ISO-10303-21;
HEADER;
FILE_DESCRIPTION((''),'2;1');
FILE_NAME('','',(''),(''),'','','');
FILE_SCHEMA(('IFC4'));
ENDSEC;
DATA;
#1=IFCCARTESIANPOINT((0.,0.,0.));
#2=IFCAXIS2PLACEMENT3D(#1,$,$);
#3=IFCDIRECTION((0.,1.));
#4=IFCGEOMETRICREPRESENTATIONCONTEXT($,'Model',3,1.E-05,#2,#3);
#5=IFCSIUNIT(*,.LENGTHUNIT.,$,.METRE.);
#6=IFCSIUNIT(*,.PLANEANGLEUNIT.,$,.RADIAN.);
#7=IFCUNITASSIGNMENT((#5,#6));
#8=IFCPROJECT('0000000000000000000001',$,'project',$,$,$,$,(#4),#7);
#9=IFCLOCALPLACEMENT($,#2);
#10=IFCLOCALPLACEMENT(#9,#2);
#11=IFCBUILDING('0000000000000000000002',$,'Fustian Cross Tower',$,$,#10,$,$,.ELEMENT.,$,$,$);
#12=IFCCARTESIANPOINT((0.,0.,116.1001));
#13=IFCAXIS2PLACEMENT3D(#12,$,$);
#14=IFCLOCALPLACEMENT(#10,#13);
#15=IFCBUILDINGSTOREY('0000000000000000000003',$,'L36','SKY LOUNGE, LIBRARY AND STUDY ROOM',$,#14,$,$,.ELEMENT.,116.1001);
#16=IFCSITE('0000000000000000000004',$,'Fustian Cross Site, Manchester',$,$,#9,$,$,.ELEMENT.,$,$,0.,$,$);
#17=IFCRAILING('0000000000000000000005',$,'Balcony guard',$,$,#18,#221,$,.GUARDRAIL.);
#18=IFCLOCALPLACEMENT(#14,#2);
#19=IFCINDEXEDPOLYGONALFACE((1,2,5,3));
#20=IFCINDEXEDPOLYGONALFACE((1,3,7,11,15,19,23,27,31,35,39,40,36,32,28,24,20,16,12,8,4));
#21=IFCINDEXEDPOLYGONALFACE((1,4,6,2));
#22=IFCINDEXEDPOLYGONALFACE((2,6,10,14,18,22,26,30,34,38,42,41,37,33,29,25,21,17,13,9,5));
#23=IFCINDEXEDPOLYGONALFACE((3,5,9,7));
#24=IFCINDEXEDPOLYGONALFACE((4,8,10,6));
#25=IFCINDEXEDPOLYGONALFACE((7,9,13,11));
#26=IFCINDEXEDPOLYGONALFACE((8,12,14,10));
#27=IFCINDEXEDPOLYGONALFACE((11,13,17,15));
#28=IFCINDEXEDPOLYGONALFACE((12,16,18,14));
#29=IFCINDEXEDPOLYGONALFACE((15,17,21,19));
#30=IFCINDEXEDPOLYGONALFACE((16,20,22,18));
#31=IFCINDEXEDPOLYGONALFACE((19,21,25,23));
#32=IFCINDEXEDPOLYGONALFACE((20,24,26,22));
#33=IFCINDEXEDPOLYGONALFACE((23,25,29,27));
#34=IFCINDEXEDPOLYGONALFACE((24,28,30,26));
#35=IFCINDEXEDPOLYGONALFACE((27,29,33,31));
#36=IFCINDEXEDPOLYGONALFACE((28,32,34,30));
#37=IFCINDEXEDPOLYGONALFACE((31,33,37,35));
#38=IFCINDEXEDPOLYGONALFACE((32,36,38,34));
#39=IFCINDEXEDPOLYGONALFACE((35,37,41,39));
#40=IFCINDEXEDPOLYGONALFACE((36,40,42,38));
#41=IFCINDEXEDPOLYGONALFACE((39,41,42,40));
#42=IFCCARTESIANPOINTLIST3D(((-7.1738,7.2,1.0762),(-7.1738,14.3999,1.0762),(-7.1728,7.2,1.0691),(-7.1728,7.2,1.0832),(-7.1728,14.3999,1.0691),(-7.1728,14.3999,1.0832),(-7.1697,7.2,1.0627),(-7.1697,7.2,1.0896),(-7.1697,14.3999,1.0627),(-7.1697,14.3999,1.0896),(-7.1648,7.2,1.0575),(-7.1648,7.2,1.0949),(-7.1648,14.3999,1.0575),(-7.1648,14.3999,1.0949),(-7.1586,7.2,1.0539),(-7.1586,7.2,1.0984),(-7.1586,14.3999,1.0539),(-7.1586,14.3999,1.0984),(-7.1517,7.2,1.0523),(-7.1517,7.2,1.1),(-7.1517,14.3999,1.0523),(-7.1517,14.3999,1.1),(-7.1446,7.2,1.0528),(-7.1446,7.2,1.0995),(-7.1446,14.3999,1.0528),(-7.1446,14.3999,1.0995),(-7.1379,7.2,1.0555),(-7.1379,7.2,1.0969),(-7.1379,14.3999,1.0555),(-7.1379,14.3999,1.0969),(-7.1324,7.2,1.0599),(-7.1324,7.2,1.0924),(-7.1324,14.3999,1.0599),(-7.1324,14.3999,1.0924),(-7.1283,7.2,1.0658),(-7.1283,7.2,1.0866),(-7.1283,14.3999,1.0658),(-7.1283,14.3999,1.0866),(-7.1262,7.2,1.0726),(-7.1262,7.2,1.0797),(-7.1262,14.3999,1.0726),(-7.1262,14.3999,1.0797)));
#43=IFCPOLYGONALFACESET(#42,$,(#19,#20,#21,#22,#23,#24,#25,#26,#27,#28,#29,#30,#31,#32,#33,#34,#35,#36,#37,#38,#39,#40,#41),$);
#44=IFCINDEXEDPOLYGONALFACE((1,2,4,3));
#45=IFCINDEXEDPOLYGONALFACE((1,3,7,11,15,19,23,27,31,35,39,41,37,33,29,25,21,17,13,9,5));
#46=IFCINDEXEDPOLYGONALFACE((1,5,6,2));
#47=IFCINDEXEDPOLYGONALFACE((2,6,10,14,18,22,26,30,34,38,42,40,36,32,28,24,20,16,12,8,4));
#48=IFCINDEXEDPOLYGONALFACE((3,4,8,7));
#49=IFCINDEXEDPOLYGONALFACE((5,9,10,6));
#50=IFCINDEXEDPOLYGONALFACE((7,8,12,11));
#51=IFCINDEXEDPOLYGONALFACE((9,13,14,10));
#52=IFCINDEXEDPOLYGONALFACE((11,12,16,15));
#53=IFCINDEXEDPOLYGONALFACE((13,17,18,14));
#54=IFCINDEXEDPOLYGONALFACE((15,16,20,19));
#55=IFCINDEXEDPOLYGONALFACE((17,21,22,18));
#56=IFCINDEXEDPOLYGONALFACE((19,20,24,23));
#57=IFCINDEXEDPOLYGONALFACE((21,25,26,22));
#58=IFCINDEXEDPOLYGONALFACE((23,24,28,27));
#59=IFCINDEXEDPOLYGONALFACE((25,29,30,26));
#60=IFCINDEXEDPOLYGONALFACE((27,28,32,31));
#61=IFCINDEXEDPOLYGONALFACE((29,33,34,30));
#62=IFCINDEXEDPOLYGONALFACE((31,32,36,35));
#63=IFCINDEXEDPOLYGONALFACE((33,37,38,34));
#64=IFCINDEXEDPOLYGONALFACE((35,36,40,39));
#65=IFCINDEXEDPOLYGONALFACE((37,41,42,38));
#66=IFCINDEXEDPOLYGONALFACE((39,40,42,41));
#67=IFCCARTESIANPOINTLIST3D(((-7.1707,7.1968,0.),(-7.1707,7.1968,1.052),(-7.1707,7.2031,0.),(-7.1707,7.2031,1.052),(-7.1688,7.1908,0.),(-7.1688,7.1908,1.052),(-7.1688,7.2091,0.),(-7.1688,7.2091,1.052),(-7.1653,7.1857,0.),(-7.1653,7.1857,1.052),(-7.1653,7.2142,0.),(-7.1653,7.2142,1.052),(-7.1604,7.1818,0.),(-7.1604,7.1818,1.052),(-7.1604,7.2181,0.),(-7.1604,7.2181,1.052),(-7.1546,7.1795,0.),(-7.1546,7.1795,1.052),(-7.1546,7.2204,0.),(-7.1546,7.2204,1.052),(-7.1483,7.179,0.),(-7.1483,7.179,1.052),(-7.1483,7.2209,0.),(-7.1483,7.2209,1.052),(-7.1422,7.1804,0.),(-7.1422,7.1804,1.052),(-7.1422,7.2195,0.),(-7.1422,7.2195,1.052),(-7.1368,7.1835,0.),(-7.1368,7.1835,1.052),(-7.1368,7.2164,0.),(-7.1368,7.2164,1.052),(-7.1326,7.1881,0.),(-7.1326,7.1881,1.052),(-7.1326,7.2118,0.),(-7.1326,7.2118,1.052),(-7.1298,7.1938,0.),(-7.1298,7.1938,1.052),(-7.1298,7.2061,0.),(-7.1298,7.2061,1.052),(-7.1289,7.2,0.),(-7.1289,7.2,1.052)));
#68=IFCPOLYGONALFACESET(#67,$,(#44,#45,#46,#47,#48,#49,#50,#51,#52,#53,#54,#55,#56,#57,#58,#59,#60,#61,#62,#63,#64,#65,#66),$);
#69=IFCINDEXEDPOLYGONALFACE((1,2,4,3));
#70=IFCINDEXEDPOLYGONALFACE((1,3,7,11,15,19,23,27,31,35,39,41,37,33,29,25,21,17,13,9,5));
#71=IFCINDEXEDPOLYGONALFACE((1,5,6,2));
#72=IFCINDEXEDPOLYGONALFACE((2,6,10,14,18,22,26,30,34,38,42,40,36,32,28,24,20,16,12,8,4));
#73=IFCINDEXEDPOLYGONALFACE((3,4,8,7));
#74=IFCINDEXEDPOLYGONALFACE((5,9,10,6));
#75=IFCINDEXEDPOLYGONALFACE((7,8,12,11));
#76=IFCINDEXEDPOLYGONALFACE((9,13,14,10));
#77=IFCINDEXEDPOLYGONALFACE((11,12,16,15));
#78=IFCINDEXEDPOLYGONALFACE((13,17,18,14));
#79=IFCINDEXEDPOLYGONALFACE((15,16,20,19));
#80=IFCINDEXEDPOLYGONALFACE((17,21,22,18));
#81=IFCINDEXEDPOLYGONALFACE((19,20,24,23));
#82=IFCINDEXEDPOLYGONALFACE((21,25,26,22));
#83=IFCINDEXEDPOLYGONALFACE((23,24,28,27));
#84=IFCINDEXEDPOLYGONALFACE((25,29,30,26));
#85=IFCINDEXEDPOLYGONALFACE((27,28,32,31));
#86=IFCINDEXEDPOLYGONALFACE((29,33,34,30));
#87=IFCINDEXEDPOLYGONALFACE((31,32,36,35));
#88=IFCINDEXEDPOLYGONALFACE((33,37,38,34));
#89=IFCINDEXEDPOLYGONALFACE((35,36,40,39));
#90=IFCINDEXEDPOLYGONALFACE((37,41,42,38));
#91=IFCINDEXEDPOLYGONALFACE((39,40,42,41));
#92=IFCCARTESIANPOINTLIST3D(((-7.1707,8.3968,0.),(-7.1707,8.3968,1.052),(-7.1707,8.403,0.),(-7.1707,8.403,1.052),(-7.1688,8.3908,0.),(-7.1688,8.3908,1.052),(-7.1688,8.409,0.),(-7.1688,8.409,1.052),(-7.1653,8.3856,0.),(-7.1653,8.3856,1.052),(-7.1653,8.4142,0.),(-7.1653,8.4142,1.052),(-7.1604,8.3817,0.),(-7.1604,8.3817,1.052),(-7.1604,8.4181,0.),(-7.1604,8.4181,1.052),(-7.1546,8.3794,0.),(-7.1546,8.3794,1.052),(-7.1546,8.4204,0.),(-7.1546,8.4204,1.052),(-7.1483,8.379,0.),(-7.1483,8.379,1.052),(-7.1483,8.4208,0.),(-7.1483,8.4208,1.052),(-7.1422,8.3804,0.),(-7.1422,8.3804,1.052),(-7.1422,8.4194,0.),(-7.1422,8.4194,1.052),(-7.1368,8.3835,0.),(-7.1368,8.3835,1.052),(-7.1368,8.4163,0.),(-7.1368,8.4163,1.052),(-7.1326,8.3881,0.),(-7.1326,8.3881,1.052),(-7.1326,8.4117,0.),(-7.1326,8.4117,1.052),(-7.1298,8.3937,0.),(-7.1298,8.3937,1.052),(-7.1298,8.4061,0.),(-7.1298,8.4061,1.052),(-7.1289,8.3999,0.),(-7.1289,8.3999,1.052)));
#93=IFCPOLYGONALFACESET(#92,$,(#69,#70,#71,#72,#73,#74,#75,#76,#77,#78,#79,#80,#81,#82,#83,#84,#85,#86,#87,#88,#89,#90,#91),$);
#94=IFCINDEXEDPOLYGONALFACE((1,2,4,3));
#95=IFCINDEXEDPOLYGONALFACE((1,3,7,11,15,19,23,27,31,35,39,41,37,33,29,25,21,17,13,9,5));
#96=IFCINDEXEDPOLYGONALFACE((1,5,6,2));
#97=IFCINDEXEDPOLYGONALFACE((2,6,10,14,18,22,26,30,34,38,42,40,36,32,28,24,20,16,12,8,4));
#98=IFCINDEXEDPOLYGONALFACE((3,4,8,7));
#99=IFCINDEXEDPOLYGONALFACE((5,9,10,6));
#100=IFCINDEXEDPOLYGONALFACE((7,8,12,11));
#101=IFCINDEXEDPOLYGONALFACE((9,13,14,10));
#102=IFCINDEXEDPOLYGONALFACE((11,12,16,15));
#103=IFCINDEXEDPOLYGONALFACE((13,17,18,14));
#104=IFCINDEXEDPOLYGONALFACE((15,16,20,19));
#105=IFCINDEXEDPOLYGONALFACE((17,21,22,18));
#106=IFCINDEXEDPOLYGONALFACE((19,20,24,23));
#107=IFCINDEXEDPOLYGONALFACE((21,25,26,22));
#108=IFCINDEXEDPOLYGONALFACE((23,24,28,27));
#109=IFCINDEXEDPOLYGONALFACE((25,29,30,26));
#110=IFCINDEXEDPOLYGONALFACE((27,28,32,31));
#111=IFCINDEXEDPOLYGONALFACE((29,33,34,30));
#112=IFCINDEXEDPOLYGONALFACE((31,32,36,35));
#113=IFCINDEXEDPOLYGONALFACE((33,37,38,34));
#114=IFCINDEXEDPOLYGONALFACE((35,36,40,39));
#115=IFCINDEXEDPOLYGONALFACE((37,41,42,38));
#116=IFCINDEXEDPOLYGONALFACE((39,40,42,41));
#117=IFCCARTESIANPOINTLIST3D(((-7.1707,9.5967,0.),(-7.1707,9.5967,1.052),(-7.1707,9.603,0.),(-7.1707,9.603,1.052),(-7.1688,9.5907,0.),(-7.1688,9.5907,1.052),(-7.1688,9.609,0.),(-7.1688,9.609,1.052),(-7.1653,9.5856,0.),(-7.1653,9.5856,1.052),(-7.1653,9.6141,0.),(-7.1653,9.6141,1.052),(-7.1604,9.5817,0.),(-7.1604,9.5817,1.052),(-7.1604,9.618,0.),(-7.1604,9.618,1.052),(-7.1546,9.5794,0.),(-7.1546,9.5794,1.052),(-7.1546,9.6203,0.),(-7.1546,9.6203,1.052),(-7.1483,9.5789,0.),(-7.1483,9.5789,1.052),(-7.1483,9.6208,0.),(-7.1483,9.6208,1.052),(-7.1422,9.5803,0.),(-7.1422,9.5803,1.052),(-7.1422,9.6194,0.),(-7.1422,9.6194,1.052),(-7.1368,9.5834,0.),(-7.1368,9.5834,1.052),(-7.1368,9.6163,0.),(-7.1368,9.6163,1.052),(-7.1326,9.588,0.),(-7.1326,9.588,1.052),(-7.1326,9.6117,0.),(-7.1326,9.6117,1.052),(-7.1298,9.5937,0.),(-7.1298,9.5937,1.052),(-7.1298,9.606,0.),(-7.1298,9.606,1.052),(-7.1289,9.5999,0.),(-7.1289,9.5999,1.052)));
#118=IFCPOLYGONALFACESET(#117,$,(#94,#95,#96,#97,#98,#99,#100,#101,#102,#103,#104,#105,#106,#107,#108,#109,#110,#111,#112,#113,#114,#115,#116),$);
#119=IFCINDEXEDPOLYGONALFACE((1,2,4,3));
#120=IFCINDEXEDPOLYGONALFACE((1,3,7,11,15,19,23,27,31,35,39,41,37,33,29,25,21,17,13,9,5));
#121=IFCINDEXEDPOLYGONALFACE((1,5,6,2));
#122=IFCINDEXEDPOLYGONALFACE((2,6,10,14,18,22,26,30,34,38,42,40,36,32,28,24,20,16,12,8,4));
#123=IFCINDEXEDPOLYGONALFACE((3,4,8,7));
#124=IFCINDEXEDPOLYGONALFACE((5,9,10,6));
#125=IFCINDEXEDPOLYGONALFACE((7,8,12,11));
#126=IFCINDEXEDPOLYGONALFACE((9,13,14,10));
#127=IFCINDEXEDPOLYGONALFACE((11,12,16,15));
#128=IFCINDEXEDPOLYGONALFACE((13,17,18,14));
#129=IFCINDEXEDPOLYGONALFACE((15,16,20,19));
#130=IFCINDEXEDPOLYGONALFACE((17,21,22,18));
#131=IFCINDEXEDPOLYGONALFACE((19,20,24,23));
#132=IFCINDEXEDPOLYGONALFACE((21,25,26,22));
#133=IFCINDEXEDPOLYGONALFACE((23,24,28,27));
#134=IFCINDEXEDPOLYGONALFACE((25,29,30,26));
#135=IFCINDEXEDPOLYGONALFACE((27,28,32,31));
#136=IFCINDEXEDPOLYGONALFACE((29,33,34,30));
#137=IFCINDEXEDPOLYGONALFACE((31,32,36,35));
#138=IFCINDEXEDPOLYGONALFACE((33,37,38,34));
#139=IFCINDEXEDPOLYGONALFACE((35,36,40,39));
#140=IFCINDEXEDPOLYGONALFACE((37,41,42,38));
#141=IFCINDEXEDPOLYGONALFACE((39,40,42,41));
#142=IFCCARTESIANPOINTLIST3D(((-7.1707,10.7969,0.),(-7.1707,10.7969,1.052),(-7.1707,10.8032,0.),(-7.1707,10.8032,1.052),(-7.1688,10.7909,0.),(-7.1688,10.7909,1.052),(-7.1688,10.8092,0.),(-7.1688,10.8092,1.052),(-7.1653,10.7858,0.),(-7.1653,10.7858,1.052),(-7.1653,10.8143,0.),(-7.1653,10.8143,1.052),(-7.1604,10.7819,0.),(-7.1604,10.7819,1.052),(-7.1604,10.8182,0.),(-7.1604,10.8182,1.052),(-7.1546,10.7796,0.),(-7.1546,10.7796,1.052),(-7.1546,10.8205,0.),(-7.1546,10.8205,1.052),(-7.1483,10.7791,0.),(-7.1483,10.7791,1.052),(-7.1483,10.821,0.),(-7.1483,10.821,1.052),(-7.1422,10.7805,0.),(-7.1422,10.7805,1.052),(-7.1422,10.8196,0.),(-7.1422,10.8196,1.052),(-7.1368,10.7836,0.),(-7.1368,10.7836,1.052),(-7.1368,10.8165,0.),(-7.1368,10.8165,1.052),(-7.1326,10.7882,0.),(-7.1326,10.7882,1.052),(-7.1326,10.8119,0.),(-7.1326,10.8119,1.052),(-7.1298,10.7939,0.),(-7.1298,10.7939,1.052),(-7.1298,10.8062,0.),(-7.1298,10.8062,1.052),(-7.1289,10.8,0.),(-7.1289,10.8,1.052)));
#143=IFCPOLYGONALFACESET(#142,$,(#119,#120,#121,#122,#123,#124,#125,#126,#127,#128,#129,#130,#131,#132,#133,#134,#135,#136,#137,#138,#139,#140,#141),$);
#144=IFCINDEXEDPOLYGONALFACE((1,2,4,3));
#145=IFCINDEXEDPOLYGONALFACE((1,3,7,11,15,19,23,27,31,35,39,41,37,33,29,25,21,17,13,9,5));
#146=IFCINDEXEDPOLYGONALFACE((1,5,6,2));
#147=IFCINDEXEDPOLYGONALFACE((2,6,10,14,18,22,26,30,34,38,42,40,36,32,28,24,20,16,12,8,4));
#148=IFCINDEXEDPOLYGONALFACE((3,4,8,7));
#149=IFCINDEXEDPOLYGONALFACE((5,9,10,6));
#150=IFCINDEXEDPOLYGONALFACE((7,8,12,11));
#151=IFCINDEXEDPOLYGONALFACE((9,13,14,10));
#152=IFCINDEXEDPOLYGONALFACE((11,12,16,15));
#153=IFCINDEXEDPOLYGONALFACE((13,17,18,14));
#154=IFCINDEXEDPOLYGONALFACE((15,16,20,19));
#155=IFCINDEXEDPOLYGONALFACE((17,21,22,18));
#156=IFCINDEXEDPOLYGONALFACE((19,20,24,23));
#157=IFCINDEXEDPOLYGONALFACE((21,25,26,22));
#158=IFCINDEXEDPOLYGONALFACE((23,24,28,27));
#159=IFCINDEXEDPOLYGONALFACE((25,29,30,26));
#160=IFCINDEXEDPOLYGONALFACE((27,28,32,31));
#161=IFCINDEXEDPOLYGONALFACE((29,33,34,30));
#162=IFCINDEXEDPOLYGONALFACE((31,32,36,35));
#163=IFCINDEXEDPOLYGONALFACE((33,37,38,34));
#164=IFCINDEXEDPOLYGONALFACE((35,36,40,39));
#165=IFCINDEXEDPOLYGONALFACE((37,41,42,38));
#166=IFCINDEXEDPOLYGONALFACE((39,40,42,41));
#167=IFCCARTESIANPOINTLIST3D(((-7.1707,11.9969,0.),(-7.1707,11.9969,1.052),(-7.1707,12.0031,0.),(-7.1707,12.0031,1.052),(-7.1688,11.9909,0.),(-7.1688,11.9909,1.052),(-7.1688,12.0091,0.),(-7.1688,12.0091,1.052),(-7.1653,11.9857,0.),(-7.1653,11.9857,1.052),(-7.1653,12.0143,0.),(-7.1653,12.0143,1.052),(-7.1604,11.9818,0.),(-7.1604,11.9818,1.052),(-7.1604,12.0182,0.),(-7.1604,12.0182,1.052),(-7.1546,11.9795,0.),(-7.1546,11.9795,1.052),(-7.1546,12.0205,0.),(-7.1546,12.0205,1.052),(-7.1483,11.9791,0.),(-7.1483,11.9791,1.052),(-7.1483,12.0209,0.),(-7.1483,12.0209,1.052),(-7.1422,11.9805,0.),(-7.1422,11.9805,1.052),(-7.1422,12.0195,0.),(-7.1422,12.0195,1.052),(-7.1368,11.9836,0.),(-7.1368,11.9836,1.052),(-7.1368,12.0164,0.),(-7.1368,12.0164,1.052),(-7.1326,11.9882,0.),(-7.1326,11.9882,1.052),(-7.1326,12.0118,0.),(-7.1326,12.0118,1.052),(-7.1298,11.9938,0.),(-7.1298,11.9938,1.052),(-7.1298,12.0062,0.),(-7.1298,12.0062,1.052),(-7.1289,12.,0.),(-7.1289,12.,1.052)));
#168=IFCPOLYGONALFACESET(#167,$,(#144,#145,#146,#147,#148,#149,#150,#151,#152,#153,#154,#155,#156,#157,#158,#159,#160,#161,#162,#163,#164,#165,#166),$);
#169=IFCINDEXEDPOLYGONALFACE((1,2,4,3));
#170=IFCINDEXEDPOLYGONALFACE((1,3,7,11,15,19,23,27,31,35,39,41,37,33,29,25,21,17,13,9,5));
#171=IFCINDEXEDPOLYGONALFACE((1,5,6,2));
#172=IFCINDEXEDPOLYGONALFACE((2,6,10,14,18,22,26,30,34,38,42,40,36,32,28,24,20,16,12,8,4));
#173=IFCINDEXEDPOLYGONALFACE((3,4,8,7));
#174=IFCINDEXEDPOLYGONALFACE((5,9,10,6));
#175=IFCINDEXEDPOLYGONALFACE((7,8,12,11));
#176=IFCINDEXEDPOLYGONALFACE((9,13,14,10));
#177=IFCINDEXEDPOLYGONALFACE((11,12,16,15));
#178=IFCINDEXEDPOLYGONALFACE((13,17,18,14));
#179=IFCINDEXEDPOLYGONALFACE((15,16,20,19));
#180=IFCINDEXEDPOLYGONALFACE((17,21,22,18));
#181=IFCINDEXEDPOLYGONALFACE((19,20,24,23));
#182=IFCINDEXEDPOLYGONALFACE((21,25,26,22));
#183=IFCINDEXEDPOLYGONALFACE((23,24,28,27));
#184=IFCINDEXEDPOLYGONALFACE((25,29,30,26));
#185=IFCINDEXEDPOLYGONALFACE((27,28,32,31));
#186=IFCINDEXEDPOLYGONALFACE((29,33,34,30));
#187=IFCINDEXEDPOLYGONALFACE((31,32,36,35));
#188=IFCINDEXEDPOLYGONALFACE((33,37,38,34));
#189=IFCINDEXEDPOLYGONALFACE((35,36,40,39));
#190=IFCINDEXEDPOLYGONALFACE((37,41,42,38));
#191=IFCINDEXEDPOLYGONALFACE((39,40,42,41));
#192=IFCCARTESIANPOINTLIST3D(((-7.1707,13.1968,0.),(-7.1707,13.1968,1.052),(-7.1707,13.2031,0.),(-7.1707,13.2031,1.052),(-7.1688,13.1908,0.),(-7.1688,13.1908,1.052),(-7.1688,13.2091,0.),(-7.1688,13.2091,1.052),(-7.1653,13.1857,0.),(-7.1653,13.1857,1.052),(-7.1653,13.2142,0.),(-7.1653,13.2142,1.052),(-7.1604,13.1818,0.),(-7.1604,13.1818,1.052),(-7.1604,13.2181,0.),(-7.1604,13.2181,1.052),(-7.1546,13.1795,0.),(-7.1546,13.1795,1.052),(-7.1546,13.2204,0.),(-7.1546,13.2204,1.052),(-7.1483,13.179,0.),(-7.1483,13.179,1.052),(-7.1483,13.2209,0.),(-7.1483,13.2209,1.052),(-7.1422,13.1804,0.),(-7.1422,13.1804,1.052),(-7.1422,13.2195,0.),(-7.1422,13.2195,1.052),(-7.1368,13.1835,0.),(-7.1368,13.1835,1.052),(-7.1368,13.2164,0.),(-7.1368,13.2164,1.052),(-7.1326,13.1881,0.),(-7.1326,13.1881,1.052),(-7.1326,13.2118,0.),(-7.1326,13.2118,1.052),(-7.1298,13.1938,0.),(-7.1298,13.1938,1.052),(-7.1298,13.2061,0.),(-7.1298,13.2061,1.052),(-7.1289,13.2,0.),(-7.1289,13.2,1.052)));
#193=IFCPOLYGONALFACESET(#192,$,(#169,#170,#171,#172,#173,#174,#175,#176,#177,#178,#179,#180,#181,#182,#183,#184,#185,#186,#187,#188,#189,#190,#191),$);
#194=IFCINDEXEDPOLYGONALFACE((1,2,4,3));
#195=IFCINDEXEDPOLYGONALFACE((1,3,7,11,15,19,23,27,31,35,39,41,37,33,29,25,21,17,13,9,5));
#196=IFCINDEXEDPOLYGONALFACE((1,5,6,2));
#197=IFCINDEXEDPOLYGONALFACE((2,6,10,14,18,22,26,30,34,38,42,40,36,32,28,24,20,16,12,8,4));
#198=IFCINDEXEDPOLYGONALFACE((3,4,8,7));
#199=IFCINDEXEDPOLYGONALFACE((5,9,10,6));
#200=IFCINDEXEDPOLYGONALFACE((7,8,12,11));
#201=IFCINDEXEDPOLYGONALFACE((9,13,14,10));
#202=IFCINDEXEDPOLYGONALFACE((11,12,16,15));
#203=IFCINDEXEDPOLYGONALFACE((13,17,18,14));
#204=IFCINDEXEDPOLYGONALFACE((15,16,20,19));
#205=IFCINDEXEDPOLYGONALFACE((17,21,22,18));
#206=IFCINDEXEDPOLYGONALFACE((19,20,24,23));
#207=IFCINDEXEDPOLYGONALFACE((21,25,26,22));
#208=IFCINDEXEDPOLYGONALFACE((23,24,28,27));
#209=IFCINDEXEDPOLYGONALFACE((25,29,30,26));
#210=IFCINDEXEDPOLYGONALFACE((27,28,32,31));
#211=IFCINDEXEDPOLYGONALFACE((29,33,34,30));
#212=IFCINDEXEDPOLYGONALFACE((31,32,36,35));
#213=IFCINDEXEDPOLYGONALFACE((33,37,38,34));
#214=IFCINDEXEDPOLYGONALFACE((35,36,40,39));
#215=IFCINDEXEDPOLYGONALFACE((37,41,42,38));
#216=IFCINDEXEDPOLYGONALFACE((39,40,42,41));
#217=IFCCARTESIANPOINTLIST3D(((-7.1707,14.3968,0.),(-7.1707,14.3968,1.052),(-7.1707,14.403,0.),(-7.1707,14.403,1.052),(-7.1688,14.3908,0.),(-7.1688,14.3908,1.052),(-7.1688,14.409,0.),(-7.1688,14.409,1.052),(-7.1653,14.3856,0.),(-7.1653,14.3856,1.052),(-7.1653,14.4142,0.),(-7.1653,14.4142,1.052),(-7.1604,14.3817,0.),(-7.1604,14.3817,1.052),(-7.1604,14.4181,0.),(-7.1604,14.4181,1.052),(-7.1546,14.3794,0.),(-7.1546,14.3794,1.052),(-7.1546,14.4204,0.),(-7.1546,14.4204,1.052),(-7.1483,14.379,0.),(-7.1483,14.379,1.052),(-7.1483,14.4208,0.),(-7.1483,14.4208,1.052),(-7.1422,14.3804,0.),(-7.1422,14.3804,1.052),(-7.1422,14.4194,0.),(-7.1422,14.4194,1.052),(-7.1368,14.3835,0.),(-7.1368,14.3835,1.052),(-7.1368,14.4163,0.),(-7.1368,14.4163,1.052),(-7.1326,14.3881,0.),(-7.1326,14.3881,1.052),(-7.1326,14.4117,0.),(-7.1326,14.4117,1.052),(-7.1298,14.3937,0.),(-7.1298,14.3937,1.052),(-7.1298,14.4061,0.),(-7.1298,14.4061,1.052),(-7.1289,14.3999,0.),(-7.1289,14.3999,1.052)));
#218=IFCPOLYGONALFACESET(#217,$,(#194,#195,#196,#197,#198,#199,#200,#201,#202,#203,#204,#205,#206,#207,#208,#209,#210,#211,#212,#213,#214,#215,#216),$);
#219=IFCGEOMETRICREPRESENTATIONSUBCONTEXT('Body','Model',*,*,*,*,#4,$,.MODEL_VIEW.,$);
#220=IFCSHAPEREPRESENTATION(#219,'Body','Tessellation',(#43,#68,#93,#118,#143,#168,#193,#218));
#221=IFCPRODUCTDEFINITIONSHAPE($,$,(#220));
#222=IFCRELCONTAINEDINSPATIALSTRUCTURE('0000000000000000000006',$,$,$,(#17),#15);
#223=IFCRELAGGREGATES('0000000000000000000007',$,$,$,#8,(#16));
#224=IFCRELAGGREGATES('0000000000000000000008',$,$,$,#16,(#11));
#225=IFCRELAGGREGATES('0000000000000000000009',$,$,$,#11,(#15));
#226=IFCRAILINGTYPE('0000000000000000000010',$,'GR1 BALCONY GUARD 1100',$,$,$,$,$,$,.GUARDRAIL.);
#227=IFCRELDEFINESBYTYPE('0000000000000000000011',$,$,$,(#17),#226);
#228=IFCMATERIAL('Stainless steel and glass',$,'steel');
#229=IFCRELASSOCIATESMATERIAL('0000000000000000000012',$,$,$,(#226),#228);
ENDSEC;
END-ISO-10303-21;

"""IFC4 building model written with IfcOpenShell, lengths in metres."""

from ifc_helpers import new_model, si_unit, direction, frame, origin, origin_2d, place, context, subcontext, project, spatial, circle, extrude, material, type_object, element, save


model = new_model("IFC4")

# Units and contexts
model_context = context("Model", 3, precision=1e-05, world=origin(), true_north=direction((0.0, 1.0)))
body_context = subcontext(model_context, "Body", "Model", "MODEL_VIEW")
ifc_project = project(units=[si_unit("LENGTHUNIT", "METRE"), si_unit("PLANEANGLEUNIT", "RADIAN")], contexts=[model_context])

# Site, building, storey
site_placement = place(None, origin())
site = spatial("IfcSite", under=ifc_project, at=site_placement, Name="Fustian Cross Site, Manchester", CompositionType="ELEMENT", RefElevation=0.0)
building_placement = place(site_placement, origin())
building = spatial("IfcBuilding", under=site, at=building_placement, Name="Fustian Cross Tower", CompositionType="ELEMENT")
storey_placement = place(building_placement, frame((0.0, 0.0, 116.1001)))
storey = spatial("IfcBuildingStorey", under=building, at=storey_placement, Name="L36", Description="SKY LOUNGE, LIBRARY AND STUDY ROOM", CompositionType="ELEMENT", Elevation=116.1001)

# Railing
ifc_material_1 = material(Name="Stainless steel and glass", Category="steel")
railing_type = type_object("IfcRailingType", Name="GR1 BALCONY GUARD 1100", PredefinedType="GUARDRAIL", material=ifc_material_1)
railing_placement = place(storey_placement, frame((-7.1499, 7.2, 0.0)))
element("IfcRailing", 1, at=railing_placement, inside=storey, type_object=railing_type, Name="Balcony guard", PredefinedType="GUARDRAIL", context=body_context, shape_type="SweptSolid", body=[
    extrude(circle(Radius=0.0239, at=origin_2d()), frame((0.0, 0.0, 1.0762), z_axis=(0.0, 1.0, 0.0), x_axis=(-1.0, 0.0, 0.0)), (0.0, 0.0, 1.0), 7.2),
    extrude(circle(Radius=0.021, at=origin_2d()), origin(), (0.0, 0.0, 1.0), 1.052),
    extrude(circle(Radius=0.021, at=origin_2d()), frame((0.0, 1.2, 0.0)), (0.0, 0.0, 1.0), 1.052),
    extrude(circle(Radius=0.021, at=origin_2d()), frame((0.0, 2.3999, 0.0)), (0.0, 0.0, 1.0), 1.052),
    extrude(circle(Radius=0.021, at=origin_2d()), frame((0.0, 3.6001, 0.0)), (0.0, 0.0, 1.0), 1.052),
    extrude(circle(Radius=0.021, at=origin_2d()), frame((0.0, 4.8, 0.0)), (0.0, 0.0, 1.0), 1.052),
    extrude(circle(Radius=0.021, at=origin_2d()), frame((0.0, 6.0, 0.0)), (0.0, 0.0, 1.0), 1.052),
    extrude(circle(Radius=0.021, at=origin_2d()), frame((0.0, 7.2, 0.0)), (0.0, 0.0, 1.0), 1.052),
])

save(model, "model.ifc")
